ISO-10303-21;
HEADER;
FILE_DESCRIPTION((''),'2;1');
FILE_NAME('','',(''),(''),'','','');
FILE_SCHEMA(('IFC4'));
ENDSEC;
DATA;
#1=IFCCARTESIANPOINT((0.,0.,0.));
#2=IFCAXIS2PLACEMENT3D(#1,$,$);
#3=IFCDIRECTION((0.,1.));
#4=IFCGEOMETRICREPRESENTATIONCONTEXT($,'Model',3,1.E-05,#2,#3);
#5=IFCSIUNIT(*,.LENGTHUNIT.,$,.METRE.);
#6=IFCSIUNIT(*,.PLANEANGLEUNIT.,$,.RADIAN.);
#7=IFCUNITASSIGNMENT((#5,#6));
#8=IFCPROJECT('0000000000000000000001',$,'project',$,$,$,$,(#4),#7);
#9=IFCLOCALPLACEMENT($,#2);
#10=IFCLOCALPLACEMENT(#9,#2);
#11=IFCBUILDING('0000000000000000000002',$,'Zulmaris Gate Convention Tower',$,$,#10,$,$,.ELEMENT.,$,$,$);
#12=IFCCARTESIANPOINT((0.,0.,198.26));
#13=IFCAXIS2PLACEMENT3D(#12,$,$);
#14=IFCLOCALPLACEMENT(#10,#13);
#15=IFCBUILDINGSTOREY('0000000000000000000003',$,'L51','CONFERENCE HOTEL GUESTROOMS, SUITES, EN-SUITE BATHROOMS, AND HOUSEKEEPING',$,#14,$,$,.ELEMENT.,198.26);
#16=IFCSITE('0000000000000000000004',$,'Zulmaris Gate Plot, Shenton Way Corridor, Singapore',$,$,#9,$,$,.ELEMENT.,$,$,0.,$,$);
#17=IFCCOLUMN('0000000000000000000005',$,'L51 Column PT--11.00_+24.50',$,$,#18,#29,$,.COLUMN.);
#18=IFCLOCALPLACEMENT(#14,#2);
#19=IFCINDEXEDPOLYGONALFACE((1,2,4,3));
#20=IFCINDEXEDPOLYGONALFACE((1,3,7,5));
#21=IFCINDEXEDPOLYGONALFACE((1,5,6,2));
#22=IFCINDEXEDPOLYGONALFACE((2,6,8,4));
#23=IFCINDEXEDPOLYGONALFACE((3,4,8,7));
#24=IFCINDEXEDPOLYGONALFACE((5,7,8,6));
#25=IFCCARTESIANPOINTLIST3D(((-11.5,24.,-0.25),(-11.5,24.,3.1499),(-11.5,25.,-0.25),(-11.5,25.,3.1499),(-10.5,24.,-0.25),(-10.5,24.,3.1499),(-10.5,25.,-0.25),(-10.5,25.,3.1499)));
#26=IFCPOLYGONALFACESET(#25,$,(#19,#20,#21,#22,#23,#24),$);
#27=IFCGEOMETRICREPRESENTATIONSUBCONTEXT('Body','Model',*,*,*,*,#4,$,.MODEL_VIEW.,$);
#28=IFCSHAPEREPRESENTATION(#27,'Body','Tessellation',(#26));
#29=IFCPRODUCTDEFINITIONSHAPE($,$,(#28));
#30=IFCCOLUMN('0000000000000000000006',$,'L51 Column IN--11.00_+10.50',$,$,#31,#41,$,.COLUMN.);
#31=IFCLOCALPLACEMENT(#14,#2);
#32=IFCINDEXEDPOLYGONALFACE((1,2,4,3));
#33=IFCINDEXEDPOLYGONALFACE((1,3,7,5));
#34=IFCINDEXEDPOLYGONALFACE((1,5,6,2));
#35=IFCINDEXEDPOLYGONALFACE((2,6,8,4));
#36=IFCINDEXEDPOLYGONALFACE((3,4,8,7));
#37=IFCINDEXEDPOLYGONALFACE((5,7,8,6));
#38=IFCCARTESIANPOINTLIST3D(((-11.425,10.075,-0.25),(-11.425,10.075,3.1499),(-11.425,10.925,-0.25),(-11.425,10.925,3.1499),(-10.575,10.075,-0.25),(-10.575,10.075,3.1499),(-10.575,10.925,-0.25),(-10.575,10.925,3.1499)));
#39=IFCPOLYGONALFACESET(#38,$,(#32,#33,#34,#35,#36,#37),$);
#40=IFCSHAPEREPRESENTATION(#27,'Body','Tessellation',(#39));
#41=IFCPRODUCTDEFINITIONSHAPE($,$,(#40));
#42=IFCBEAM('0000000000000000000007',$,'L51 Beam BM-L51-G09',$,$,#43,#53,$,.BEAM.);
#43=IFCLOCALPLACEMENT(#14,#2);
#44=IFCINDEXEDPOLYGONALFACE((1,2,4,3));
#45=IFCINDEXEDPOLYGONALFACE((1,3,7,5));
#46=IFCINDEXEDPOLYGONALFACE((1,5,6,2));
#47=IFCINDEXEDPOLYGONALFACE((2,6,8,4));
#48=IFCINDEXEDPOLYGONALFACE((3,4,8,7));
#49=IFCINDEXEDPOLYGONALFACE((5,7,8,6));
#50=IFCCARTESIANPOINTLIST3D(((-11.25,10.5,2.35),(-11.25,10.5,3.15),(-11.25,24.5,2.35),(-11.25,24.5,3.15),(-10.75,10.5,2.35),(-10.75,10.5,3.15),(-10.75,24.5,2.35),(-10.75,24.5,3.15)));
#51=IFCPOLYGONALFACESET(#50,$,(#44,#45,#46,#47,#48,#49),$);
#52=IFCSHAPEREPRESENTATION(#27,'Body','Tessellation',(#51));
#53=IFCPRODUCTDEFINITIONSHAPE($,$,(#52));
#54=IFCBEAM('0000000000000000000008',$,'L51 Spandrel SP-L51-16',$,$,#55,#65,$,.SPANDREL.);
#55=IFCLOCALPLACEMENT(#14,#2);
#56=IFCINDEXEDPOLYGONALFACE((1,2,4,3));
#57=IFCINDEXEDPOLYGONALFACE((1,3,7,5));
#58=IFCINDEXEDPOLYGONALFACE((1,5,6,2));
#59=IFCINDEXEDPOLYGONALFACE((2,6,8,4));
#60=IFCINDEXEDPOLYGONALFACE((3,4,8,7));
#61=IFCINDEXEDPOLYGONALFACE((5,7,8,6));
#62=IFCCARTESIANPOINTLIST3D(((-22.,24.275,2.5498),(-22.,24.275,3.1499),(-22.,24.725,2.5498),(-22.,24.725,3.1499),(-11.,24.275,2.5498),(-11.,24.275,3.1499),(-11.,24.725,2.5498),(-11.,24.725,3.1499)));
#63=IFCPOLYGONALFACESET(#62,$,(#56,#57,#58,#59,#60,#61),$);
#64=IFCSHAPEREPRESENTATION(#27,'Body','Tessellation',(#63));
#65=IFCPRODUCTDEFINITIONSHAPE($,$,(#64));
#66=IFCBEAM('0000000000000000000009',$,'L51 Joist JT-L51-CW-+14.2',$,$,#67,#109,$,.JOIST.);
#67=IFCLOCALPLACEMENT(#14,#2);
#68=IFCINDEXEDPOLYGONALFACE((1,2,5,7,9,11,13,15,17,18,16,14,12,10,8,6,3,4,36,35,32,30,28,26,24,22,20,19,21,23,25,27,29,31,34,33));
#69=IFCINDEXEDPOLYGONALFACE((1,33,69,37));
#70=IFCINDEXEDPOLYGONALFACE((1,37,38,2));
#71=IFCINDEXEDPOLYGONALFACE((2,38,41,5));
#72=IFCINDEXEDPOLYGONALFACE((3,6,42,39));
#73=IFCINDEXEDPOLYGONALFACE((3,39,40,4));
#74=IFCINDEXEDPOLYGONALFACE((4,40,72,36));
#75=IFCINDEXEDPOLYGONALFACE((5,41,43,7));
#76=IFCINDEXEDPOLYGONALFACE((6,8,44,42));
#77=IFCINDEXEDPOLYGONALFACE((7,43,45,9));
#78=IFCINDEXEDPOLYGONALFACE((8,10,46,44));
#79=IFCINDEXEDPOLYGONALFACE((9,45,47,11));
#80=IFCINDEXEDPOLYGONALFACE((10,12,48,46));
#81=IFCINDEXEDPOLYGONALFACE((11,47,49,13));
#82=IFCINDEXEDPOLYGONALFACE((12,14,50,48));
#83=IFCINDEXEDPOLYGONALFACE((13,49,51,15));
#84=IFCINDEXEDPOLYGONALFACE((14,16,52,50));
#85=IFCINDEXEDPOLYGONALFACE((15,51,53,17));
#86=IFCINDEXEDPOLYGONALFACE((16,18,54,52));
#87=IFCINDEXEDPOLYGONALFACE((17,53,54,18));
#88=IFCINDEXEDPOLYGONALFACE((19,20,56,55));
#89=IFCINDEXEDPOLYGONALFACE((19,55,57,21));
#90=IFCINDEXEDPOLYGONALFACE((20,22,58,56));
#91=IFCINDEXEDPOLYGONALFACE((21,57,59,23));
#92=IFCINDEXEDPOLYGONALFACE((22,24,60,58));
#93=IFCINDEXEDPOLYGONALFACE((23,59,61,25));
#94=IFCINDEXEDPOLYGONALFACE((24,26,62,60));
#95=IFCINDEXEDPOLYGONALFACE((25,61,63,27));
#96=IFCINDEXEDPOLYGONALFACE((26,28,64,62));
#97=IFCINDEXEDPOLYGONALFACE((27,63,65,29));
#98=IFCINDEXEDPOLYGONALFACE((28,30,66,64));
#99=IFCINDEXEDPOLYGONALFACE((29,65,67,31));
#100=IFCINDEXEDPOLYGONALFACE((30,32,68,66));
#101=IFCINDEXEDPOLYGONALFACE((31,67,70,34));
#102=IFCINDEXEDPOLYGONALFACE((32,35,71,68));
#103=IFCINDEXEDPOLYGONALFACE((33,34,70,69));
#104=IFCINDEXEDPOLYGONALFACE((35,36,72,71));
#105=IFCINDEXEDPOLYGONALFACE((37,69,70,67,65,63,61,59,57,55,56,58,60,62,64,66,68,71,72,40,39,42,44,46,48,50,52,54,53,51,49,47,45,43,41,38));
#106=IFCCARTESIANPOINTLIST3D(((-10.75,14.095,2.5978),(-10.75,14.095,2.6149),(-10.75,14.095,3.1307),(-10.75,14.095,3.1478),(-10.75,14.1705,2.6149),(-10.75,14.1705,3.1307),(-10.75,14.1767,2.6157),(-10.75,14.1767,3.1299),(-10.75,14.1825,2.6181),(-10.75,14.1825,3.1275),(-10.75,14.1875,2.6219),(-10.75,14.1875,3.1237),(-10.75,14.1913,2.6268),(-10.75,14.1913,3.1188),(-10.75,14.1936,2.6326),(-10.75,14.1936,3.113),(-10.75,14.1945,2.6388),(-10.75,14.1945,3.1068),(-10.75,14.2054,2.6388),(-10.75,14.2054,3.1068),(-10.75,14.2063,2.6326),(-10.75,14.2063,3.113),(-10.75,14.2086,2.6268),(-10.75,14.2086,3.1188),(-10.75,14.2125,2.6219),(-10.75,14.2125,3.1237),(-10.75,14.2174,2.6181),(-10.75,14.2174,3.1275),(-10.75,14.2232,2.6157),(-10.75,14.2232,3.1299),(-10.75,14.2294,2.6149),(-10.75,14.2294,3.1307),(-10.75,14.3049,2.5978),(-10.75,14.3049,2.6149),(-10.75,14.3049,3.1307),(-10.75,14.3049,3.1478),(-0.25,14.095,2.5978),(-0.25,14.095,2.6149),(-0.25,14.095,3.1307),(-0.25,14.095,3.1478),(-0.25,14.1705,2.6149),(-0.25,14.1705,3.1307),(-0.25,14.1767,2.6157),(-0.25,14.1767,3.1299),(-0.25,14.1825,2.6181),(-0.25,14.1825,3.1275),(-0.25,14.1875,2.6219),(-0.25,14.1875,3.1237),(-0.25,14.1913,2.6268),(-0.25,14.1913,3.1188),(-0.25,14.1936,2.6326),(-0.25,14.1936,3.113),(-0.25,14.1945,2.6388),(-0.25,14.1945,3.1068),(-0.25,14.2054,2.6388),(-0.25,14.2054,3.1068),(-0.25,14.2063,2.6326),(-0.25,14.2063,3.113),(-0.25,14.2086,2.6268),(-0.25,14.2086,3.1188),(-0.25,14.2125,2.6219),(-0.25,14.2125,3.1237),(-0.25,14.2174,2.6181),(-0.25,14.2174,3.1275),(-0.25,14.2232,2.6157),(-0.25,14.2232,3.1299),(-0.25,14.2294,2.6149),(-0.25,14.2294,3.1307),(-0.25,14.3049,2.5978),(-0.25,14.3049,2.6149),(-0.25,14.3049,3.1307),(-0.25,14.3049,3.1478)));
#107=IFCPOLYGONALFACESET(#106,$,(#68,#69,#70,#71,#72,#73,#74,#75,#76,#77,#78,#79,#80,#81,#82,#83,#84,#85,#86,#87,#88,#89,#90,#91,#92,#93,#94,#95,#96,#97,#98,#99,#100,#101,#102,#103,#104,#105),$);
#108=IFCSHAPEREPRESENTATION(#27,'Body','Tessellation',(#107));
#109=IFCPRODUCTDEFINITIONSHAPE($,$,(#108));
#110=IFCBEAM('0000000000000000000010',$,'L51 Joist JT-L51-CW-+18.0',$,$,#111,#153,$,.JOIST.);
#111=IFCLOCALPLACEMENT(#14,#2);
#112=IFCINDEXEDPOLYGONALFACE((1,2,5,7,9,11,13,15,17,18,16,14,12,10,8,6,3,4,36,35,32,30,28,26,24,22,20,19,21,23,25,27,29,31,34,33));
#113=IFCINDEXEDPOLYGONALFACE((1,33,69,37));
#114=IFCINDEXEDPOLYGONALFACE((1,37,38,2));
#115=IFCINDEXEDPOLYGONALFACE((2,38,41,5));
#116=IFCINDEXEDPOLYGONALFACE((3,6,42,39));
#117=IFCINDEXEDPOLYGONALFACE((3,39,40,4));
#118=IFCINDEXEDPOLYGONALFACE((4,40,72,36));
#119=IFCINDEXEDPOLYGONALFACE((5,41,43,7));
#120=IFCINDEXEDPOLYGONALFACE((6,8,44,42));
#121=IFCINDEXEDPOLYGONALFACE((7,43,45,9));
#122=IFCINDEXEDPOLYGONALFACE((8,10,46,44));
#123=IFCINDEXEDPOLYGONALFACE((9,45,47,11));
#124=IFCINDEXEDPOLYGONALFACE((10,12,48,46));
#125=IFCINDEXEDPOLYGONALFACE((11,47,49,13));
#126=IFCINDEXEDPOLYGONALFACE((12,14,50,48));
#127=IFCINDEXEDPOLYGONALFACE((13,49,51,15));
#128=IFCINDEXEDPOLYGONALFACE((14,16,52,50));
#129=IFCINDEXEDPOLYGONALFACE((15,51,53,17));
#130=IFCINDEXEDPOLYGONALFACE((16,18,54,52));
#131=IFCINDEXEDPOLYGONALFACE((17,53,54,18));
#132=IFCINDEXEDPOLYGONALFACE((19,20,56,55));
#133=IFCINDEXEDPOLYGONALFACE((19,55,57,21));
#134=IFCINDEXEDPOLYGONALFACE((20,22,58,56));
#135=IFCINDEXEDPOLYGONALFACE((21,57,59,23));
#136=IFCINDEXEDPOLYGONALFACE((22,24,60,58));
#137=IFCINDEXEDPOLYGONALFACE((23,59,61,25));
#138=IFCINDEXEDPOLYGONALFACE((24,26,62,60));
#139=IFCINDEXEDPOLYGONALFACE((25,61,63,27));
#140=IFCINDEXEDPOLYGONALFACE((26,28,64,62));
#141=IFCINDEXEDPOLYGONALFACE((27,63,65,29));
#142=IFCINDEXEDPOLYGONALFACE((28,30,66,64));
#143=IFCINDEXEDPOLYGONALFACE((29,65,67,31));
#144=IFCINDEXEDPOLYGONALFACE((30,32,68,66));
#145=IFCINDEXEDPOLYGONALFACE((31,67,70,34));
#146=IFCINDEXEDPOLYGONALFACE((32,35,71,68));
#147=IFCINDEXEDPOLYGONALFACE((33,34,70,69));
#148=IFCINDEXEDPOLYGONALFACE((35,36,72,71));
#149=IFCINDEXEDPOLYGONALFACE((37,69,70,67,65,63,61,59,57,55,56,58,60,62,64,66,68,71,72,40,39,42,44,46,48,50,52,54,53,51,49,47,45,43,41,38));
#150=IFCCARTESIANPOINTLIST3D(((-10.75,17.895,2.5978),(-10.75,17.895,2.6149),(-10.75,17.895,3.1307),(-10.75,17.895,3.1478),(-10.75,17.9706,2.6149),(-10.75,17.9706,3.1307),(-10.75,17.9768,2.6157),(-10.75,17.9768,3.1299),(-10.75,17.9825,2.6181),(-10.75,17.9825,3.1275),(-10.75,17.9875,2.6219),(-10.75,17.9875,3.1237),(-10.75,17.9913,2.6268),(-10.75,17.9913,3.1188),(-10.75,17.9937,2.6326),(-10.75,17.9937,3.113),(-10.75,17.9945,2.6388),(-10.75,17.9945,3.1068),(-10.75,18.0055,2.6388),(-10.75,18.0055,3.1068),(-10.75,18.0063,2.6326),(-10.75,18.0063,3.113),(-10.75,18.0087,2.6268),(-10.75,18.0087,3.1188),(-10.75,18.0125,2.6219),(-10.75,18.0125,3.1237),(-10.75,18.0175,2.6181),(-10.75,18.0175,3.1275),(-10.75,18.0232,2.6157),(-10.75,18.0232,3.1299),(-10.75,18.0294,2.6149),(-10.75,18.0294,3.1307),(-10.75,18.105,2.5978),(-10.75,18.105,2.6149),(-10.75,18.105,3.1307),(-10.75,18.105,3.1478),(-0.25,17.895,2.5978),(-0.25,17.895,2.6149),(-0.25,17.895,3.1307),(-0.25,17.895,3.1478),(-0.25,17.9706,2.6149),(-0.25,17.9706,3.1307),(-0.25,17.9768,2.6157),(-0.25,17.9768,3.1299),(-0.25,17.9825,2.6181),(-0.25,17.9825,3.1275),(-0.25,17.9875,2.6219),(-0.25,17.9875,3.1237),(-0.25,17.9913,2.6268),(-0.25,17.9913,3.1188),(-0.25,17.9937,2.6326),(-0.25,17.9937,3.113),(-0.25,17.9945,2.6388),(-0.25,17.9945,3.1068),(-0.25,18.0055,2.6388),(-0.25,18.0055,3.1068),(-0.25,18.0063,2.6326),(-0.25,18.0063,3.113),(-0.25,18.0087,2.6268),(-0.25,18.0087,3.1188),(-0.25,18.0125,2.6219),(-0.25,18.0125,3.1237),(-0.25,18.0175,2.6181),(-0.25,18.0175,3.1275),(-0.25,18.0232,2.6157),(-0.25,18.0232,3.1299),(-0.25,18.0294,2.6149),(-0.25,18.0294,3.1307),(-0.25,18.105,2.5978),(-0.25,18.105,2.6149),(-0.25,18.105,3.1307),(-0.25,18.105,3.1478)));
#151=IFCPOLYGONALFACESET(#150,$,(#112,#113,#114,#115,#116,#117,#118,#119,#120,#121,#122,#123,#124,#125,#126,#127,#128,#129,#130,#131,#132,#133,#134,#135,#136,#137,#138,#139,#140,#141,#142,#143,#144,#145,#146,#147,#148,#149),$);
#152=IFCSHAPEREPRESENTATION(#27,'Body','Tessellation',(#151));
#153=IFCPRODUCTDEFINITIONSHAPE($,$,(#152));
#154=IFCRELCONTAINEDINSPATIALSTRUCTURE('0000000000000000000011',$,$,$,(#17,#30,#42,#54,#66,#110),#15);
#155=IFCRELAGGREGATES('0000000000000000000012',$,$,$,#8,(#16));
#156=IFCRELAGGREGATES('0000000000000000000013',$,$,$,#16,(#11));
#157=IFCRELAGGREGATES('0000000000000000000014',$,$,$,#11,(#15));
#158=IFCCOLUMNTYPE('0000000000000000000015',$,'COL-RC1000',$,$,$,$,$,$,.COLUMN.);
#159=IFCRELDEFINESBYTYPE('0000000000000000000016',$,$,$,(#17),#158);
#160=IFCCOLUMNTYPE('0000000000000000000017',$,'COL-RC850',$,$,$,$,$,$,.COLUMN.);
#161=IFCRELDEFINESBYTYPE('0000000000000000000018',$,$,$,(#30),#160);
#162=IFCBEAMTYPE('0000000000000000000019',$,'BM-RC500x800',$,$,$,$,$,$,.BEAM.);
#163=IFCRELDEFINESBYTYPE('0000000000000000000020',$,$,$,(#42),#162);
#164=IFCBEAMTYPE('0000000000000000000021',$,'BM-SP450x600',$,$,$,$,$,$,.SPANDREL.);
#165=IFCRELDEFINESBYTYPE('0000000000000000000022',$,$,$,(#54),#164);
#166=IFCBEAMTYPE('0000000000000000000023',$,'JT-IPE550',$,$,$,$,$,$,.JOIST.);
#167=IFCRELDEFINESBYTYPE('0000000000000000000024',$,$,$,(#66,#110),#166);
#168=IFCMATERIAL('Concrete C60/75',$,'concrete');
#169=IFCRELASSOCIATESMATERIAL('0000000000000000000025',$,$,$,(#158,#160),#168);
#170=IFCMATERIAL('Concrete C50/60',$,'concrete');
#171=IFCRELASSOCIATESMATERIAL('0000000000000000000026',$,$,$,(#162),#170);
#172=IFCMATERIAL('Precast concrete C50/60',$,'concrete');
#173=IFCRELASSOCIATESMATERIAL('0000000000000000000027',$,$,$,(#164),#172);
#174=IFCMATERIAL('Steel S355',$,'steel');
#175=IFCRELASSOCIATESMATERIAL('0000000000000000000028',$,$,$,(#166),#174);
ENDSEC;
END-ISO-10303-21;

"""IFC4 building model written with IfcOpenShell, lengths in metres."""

from ifc_helpers import new_model, si_unit, direction, frame, origin, origin_2d, place, context, subcontext, project, spatial, rectangle, i_section, extrude, material, material_profile, profile_set, type_object, element, save


model = new_model("IFC4")

# Units and contexts
model_context = context("Model", 3, precision=1e-05, world=origin(), true_north=direction((0.0, 1.0)))
body_context = subcontext(model_context, "Body", "Model", "MODEL_VIEW")
ifc_project = project(units=[si_unit("LENGTHUNIT", "METRE"), si_unit("PLANEANGLEUNIT", "RADIAN")], contexts=[model_context])

# Site, building, storey
site_placement = place(None, origin())
site = spatial("IfcSite", under=ifc_project, at=site_placement, Name="Zulmaris Gate Plot, Shenton Way Corridor, Singapore", CompositionType="ELEMENT", RefElevation=0.0)
building_placement = place(site_placement, origin())
building = spatial("IfcBuilding", under=site, at=building_placement, Name="Zulmaris Gate Convention Tower", CompositionType="ELEMENT")
storey_placement = place(building_placement, frame((0.0, 0.0, 198.26)))
storey = spatial("IfcBuildingStorey", under=building, at=storey_placement, Name="L51", Description="CONFERENCE HOTEL GUESTROOMS, SUITES, EN-SUITE BATHROOMS, AND HOUSEKEEPING", CompositionType="ELEMENT", Elevation=198.26)

# Columns
ifc_material_1 = material(Name="Concrete C60/75", Category="concrete")
ifc_material_profile_1 = material_profile(ifc_material_1, rectangle(XDim=1.0, YDim=1.0, at=origin_2d()), Name="RC COL 1000x1000")
ifc_profile_set_1 = profile_set([ifc_material_profile_1], Name="Concrete C60/75")
column_type_1 = type_object("IfcColumnType", Name="COL-RC1000", PredefinedType="COLUMN", material=ifc_profile_set_1)
column_1_placement = place(storey_placement, frame((-11.0, 24.5, -0.25), z_axis=(0.0, 0.0, 1.0), x_axis=(1.0, 0.0, 0.0)))
element("IfcColumn", 1, at=column_1_placement, inside=storey, type_object=column_type_1, Name="L51 Column PT--11.00_+24.50", PredefinedType="COLUMN", context=body_context, shape_type="SweptSolid", body=[
    extrude(rectangle(XDim=1.0, YDim=1.0, at=origin_2d()), origin(), (0.0, 0.0, 1.0), 3.3999),
])
ifc_material_profile_2 = material_profile(ifc_material_1, rectangle(XDim=0.8501, YDim=0.8501, at=origin_2d()), Name="RC COL 850x850")
ifc_profile_set_2 = profile_set([ifc_material_profile_2], Name="Concrete C60/75")
column_type_2 = type_object("IfcColumnType", Name="COL-RC850", PredefinedType="COLUMN", material=ifc_profile_set_2)
column_2_placement = place(storey_placement, frame((-11.0, 10.5, -0.25), z_axis=(0.0, 0.0, 1.0), x_axis=(1.0, 0.0, 0.0)))
element("IfcColumn", 2, at=column_2_placement, inside=storey, type_object=column_type_2, Name="L51 Column IN--11.00_+10.50", PredefinedType="COLUMN", context=body_context, shape_type="SweptSolid", body=[
    extrude(rectangle(XDim=0.8501, YDim=0.8501, at=origin_2d()), origin(), (0.0, 0.0, 1.0), 3.3999),
])

# Beams
ifc_material_2 = material(Name="Concrete C50/60", Category="concrete")
ifc_material_profile_3 = material_profile(ifc_material_2, rectangle(XDim=0.5, YDim=0.8, at=origin_2d()), Name="RC BEAM 500x800")
ifc_profile_set_3 = profile_set([ifc_material_profile_3], Name="Concrete C50/60")
beam_type_1 = type_object("IfcBeamType", Name="BM-RC500x800", PredefinedType="BEAM", material=ifc_profile_set_3)
beam_1_placement = place(storey_placement, frame((-11.0, 10.5, 2.75), z_axis=(0.0, 1.0, 0.0), x_axis=(-1.0, 0.0, 0.0)))
element("IfcBeam", 3, at=beam_1_placement, inside=storey, type_object=beam_type_1, Name="L51 Beam BM-L51-G09", PredefinedType="BEAM", context=body_context, shape_type="SweptSolid", body=[
    extrude(rectangle(XDim=0.5, YDim=0.8, at=origin_2d()), origin(), (0.0, 0.0, 1.0), 14.0),
])
ifc_material_3 = material(Name="Precast concrete C50/60", Category="concrete")
ifc_material_profile_4 = material_profile(ifc_material_3, rectangle(XDim=0.45, YDim=0.6001, at=origin_2d()), Name="RC SPANDREL 450x600")
ifc_profile_set_4 = profile_set([ifc_material_profile_4], Name="Precast concrete C50/60")
beam_type_2 = type_object("IfcBeamType", Name="BM-SP450x600", PredefinedType="SPANDREL", material=ifc_profile_set_4)
beam_2_placement = place(storey_placement, frame((-11.0, 24.5, 2.8499), z_axis=(-1.0, 0.0, 0.0), x_axis=(0.0, -1.0, 0.0)))
element("IfcBeam", 4, at=beam_2_placement, inside=storey, type_object=beam_type_2, Name="L51 Spandrel SP-L51-16", PredefinedType="SPANDREL", context=body_context, shape_type="SweptSolid", body=[
    extrude(rectangle(XDim=0.45, YDim=0.6001, at=origin_2d()), origin(), (0.0, 0.0, 1.0), 11.0),
])
ifc_material_4 = material(Name="Steel S355", Category="steel")
ifc_material_profile_5 = material_profile(ifc_material_4, i_section(OverallWidth=0.21, OverallDepth=0.55, WebThickness=0.011, FlangeThickness=0.0171, FilletRadius=0.0239, at=origin_2d()), Name="IPE 550")
ifc_profile_set_5 = profile_set([ifc_material_profile_5], Name="Steel S355")
beam_type_3 = type_object("IfcBeamType", Name="JT-IPE550", PredefinedType="JOIST", material=ifc_profile_set_5)
for number, where, z_axis, x_axis, name in (
    (5, (-10.75, 14.2, 2.8728), (1.0, 0.0, 0.0), (0.0, 1.0, 0.0), "L51 Joist JT-L51-CW-+14.2"),
    (6, (-10.75, 18.0, 2.8728), (1.0, 0.0, 0.0), (0.0, 1.0, 0.0), "L51 Joist JT-L51-CW-+18.0"),
):
    element("IfcBeam", number, at=place(storey_placement, frame(where, z_axis=z_axis, x_axis=x_axis)), inside=storey, type_object=beam_type_3, Name=name, PredefinedType="JOIST", context=body_context, shape_type="SweptSolid", body=[
        extrude(i_section(OverallWidth=0.21, OverallDepth=0.55, WebThickness=0.011, FlangeThickness=0.0171, FilletRadius=0.0239, at=origin_2d()), origin(), (0.0, 0.0, 1.0), 10.5),
    ])

save(model, "model.ifc")
